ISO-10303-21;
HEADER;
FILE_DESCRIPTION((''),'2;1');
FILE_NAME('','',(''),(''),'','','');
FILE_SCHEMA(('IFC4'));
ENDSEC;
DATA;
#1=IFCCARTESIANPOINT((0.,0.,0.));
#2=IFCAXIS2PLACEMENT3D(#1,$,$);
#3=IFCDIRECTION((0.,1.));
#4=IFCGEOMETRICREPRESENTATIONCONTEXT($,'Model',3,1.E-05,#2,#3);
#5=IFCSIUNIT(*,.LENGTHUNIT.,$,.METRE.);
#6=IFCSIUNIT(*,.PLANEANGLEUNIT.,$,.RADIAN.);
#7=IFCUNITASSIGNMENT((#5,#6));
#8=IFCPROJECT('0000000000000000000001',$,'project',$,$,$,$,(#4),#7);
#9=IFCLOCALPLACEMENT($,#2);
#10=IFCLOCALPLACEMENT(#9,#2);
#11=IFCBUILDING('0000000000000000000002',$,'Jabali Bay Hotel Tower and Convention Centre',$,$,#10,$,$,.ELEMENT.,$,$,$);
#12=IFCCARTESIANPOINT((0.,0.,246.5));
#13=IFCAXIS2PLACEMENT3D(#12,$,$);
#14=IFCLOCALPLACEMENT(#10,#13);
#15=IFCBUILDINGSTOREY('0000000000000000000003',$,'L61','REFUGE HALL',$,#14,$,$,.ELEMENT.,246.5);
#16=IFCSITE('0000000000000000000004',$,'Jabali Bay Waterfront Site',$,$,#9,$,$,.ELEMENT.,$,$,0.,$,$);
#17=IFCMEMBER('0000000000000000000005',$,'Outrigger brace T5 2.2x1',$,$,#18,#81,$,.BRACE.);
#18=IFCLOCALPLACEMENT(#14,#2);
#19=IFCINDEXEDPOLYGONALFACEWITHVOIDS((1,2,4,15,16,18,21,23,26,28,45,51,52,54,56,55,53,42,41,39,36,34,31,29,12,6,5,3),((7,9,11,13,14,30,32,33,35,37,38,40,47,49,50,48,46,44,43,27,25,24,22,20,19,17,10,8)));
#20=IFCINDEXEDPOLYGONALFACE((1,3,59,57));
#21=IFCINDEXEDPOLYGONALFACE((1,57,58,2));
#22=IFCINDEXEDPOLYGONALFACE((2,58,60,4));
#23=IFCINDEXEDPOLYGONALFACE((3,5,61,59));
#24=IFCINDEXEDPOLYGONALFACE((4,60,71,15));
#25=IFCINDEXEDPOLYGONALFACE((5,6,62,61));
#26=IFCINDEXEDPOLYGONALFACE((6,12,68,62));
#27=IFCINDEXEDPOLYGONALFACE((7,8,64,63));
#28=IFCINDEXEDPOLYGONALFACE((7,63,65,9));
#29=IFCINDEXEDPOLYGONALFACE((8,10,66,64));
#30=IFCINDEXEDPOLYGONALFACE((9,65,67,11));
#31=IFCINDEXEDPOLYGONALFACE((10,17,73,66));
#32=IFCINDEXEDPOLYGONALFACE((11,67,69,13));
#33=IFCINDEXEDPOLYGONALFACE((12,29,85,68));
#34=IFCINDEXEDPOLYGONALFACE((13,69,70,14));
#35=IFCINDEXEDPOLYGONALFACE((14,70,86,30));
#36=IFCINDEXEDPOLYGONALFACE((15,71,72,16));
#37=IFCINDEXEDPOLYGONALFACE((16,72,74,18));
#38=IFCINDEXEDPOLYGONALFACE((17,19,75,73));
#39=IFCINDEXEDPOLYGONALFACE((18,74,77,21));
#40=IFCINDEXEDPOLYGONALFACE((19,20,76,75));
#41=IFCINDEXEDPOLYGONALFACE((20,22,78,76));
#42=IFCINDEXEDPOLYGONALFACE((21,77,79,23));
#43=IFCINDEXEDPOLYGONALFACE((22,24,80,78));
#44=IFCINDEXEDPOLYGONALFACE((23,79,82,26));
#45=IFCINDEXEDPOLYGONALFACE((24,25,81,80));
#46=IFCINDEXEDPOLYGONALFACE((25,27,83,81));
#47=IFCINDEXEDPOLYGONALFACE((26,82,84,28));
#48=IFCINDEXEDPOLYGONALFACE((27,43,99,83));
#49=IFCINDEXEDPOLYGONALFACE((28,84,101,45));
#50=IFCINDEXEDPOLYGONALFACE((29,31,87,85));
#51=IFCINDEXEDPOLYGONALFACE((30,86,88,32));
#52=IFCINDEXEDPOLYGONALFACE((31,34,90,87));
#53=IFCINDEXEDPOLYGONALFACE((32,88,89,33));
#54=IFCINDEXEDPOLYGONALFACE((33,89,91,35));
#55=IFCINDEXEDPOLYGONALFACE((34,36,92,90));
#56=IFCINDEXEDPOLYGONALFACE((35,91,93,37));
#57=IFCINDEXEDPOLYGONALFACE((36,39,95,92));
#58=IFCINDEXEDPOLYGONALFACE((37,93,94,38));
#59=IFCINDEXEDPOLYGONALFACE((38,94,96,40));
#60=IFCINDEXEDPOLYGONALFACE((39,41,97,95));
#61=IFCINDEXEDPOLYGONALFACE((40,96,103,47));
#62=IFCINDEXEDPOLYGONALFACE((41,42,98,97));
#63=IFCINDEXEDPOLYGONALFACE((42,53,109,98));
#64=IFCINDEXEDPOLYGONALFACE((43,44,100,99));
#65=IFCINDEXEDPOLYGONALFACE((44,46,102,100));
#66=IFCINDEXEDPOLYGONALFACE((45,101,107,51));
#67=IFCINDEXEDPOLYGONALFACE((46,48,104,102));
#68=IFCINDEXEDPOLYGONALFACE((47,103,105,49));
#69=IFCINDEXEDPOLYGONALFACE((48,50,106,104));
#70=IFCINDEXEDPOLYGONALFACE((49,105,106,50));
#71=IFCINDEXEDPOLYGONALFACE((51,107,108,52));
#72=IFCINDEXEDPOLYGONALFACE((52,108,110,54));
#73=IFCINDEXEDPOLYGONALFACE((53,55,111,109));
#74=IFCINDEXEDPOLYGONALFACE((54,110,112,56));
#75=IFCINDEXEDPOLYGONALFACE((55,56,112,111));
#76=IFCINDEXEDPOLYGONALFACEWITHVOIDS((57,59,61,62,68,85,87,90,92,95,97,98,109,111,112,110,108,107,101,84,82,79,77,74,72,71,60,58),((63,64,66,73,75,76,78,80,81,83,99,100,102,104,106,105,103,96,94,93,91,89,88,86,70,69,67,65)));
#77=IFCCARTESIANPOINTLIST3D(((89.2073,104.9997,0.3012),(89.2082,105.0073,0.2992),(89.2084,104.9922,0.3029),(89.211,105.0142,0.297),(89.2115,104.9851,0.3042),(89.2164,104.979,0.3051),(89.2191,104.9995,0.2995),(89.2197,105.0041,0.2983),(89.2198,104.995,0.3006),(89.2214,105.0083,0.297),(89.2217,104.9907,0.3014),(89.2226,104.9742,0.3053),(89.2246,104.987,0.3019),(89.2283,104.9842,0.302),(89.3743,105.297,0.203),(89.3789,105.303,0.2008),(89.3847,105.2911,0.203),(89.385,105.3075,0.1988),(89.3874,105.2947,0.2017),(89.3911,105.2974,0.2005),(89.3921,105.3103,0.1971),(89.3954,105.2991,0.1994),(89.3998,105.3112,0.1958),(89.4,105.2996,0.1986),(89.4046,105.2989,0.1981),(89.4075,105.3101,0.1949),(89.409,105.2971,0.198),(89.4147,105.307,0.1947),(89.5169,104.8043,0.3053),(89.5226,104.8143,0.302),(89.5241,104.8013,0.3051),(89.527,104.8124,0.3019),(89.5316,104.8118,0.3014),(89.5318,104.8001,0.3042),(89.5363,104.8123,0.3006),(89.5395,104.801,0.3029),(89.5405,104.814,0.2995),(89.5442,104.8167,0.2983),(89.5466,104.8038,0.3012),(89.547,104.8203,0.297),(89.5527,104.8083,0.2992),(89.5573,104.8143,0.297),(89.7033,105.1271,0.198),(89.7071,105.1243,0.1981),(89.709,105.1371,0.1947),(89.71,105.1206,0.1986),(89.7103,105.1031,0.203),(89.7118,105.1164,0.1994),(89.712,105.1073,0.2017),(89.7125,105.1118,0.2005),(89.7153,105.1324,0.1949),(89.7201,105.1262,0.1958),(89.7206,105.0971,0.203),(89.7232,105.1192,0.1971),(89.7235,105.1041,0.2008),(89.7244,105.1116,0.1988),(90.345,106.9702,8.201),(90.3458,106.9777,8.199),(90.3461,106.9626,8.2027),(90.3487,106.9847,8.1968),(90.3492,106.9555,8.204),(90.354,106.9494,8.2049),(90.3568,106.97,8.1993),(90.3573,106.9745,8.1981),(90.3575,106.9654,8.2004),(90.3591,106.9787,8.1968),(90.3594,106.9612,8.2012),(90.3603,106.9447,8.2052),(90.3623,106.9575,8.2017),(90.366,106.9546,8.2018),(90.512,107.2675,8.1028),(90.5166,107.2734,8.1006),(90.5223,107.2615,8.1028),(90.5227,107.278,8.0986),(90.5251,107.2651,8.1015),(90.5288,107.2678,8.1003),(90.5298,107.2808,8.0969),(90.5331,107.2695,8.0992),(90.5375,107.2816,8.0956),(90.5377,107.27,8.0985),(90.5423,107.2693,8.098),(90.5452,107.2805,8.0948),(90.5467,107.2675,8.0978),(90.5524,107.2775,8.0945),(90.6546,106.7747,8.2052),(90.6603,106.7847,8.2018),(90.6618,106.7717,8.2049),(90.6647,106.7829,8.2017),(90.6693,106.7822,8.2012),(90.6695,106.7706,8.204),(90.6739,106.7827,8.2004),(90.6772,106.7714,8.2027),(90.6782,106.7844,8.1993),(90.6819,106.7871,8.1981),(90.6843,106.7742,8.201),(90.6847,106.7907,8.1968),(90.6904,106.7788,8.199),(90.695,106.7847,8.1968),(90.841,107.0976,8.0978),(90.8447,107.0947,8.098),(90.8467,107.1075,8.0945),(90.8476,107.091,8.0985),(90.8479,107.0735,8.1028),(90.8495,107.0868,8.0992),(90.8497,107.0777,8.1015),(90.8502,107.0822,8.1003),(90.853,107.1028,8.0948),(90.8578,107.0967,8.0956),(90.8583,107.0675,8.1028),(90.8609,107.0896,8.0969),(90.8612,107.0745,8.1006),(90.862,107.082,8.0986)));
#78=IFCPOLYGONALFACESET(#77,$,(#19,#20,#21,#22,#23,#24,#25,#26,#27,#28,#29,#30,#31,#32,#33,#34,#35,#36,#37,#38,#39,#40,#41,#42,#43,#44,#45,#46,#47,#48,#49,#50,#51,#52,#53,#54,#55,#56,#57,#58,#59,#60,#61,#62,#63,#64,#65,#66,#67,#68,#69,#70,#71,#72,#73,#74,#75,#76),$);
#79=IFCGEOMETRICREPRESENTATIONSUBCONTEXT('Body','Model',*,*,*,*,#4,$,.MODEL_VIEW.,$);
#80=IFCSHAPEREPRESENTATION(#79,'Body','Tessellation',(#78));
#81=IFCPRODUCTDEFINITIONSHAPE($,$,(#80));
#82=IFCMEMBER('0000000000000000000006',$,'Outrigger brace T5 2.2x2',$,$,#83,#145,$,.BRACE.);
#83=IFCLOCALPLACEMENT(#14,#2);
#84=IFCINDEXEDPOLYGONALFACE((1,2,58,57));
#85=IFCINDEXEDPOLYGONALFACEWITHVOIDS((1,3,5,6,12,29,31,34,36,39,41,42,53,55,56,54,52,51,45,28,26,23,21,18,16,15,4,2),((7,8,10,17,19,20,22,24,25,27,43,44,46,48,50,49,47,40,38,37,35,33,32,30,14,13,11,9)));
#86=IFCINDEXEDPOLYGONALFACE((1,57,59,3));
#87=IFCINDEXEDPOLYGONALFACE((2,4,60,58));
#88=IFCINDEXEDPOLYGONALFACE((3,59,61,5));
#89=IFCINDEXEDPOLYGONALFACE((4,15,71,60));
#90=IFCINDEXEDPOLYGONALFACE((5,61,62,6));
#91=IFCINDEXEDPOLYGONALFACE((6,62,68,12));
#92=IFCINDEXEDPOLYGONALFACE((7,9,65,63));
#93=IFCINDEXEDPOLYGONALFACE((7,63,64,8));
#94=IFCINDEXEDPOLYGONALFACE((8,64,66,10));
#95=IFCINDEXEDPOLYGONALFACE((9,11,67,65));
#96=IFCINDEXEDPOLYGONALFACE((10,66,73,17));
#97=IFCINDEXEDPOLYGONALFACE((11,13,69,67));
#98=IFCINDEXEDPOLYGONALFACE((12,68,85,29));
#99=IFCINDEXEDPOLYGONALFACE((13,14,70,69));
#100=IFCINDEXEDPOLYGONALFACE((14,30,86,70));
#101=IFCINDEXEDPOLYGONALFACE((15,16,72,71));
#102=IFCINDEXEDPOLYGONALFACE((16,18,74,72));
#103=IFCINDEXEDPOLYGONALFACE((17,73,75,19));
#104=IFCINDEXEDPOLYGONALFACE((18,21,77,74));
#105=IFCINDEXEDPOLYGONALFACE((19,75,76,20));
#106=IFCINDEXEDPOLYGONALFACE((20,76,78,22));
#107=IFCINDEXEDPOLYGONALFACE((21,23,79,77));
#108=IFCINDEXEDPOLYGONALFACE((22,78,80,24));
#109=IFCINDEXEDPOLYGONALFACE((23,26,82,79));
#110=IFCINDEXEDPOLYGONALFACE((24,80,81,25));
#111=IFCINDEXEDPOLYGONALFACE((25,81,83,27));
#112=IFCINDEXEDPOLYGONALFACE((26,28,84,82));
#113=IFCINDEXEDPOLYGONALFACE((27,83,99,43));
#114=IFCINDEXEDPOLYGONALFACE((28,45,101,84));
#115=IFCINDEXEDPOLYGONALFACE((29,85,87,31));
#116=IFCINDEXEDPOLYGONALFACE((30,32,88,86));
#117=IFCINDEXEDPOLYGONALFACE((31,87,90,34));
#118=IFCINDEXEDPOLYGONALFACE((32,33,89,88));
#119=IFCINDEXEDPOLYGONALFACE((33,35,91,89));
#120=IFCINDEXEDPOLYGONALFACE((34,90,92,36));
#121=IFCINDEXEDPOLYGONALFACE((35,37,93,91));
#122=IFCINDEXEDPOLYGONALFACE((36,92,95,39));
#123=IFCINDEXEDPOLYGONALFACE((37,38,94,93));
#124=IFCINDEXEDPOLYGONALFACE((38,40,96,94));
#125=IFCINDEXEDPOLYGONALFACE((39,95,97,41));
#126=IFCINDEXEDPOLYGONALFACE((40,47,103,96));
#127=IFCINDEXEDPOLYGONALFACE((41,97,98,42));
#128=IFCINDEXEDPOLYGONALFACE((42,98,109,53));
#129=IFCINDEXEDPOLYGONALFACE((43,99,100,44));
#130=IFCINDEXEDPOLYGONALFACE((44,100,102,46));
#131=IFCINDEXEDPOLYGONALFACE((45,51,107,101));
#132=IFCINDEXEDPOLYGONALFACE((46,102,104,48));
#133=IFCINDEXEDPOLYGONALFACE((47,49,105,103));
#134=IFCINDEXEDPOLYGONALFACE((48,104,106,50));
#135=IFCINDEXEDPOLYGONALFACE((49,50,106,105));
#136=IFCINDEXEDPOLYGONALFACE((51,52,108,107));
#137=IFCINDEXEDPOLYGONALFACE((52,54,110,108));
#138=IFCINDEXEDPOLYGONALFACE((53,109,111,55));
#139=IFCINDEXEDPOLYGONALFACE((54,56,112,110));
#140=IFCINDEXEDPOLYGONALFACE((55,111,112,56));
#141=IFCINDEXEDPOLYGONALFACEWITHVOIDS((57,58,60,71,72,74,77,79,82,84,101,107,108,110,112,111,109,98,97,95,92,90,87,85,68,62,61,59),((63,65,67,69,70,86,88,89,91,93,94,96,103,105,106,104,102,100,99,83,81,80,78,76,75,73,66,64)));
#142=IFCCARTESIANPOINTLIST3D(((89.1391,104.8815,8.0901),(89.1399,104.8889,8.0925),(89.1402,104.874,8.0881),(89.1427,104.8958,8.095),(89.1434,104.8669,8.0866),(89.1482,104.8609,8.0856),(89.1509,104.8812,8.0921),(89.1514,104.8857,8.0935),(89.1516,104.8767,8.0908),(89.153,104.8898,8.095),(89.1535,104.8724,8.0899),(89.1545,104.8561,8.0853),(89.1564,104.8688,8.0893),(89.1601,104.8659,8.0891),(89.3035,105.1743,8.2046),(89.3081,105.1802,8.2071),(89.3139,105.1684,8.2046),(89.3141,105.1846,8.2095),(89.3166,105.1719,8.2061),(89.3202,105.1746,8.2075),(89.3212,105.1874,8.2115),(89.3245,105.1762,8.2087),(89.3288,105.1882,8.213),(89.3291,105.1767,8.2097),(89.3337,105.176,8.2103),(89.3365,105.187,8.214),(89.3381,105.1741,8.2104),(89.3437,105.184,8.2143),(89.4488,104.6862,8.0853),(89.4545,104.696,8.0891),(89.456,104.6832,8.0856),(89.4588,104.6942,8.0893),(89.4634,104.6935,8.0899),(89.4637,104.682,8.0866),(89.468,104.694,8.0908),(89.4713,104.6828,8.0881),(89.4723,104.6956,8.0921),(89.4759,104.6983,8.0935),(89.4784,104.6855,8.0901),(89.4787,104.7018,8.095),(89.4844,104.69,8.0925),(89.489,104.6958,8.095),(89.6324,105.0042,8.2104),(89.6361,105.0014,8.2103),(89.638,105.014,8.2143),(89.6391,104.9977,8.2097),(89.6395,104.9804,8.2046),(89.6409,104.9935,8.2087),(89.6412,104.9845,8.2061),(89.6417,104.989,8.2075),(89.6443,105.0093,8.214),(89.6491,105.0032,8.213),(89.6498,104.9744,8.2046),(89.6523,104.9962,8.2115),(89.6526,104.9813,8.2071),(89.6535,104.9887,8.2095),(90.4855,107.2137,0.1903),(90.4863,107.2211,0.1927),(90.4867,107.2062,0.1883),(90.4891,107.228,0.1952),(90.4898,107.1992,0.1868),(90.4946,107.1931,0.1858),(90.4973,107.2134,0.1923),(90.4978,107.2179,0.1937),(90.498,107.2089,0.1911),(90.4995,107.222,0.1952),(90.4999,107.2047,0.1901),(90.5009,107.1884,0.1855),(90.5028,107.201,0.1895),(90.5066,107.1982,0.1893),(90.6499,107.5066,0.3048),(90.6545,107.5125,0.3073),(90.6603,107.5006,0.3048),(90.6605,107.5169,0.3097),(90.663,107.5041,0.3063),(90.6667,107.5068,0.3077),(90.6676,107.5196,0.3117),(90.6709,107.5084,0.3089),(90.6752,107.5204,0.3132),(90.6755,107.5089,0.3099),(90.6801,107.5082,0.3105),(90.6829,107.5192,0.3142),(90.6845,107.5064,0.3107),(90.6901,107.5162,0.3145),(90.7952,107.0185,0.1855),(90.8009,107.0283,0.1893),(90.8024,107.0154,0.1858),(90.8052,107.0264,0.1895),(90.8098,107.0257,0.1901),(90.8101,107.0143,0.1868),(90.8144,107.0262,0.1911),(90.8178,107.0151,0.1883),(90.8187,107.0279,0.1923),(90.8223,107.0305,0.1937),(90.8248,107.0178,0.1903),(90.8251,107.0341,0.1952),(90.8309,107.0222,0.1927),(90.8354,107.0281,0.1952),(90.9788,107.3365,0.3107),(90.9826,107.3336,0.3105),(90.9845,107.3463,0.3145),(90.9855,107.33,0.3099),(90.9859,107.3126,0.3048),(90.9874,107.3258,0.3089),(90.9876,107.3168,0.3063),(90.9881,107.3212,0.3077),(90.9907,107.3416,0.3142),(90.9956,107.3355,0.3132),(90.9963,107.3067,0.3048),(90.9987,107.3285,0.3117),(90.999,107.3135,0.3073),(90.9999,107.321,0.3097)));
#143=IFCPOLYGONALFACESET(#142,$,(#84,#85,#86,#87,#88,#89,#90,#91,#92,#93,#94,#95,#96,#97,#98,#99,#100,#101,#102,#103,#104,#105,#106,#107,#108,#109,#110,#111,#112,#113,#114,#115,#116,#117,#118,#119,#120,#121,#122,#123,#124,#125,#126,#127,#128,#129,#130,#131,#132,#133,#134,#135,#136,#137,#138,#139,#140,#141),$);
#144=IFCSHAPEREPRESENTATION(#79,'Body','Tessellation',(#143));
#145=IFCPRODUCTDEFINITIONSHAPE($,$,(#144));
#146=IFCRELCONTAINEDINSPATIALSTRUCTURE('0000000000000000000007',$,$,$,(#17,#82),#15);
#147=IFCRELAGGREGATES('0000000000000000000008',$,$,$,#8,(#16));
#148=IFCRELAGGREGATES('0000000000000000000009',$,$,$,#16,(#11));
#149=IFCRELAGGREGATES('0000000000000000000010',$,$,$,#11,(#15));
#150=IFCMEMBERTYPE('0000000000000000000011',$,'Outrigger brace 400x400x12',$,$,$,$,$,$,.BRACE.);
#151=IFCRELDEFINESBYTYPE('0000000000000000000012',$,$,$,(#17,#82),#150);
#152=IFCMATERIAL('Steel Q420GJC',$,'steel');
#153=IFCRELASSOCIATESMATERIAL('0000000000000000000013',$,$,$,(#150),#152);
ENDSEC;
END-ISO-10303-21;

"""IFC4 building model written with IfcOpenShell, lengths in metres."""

from ifc_helpers import new_model, si_unit, direction, frame, origin, origin_2d, place, context, subcontext, project, spatial, hollow_rectangle, extrude, material, material_profile, profile_set, type_object, element, save


model = new_model("IFC4")

# Units and contexts
model_context = context("Model", 3, precision=1e-05, world=origin(), true_north=direction((0.0, 1.0)))
body_context = subcontext(model_context, "Body", "Model", "MODEL_VIEW")
ifc_project = project(units=[si_unit("LENGTHUNIT", "METRE"), si_unit("PLANEANGLEUNIT", "RADIAN")], contexts=[model_context])

# Site, building, storey
site_placement = place(None, origin())
site = spatial("IfcSite", under=ifc_project, at=site_placement, Name="Jabali Bay Waterfront Site", CompositionType="ELEMENT", RefElevation=0.0)
building_placement = place(site_placement, origin())
building = spatial("IfcBuilding", under=site, at=building_placement, Name="Jabali Bay Hotel Tower and Convention Centre", CompositionType="ELEMENT")
storey_placement = place(building_placement, frame((0.0, 0.0, 246.5)))
storey = spatial("IfcBuildingStorey", under=building, at=storey_placement, Name="L61", Description="REFUGE HALL", CompositionType="ELEMENT", Elevation=246.5)

# Members
ifc_material_1 = material(Name="Steel Q420GJC", Category="steel")
ifc_material_profile_1 = material_profile(ifc_material_1, hollow_rectangle(XDim=0.3999, YDim=0.3999, WallThickness=0.012, InnerFilletRadius=0.0181, OuterFilletRadius=0.03, at=origin_2d()), Name="Outrigger brace 400x400x12")
ifc_profile_set_1 = profile_set([ifc_material_profile_1], Name="Steel Q420GJC")
member_type_1 = type_object("IfcMemberType", Name="Outrigger brace 400x400x12", PredefinedType="BRACE", material=ifc_profile_set_1)
member_1_placement = place(storey_placement, frame((89.4658, 105.0557, 0.25), z_axis=(0.138388, 0.239685, 0.960937), x_axis=(-0.866016, 0.500017, 0.0)))
element("IfcMember", 1, at=member_1_placement, inside=storey, type_object=member_type_1, Name="Outrigger brace T5 2.2x1", PredefinedType="BRACE", context=body_context, shape_type="SweptSolid", body=[
    extrude(hollow_rectangle(XDim=0.3999, YDim=0.3999, WallThickness=0.012, InnerFilletRadius=0.0181, OuterFilletRadius=0.03, at=origin_2d()), origin(), (0.0, 0.0, 1.0), 8.2209),
])
member_2_placement = place(storey_placement, frame((90.7427, 107.2673, 0.25), z_axis=(-0.161321, -0.279438, 0.946515), x_axis=(0.866042, -0.499971, 0.0)))
element("IfcMember", 2, at=member_2_placement, inside=storey, type_object=member_type_1, Name="Outrigger brace T5 2.2x2", PredefinedType="BRACE", context=body_context, shape_type="SweptSolid", body=[
    extrude(hollow_rectangle(XDim=0.3999, YDim=0.3999, WallThickness=0.012, InnerFilletRadius=0.0181, OuterFilletRadius=0.03, at=origin_2d()), origin(), (0.0, 0.0, 1.0), 8.3462),
])

save(model, "model.ifc")
